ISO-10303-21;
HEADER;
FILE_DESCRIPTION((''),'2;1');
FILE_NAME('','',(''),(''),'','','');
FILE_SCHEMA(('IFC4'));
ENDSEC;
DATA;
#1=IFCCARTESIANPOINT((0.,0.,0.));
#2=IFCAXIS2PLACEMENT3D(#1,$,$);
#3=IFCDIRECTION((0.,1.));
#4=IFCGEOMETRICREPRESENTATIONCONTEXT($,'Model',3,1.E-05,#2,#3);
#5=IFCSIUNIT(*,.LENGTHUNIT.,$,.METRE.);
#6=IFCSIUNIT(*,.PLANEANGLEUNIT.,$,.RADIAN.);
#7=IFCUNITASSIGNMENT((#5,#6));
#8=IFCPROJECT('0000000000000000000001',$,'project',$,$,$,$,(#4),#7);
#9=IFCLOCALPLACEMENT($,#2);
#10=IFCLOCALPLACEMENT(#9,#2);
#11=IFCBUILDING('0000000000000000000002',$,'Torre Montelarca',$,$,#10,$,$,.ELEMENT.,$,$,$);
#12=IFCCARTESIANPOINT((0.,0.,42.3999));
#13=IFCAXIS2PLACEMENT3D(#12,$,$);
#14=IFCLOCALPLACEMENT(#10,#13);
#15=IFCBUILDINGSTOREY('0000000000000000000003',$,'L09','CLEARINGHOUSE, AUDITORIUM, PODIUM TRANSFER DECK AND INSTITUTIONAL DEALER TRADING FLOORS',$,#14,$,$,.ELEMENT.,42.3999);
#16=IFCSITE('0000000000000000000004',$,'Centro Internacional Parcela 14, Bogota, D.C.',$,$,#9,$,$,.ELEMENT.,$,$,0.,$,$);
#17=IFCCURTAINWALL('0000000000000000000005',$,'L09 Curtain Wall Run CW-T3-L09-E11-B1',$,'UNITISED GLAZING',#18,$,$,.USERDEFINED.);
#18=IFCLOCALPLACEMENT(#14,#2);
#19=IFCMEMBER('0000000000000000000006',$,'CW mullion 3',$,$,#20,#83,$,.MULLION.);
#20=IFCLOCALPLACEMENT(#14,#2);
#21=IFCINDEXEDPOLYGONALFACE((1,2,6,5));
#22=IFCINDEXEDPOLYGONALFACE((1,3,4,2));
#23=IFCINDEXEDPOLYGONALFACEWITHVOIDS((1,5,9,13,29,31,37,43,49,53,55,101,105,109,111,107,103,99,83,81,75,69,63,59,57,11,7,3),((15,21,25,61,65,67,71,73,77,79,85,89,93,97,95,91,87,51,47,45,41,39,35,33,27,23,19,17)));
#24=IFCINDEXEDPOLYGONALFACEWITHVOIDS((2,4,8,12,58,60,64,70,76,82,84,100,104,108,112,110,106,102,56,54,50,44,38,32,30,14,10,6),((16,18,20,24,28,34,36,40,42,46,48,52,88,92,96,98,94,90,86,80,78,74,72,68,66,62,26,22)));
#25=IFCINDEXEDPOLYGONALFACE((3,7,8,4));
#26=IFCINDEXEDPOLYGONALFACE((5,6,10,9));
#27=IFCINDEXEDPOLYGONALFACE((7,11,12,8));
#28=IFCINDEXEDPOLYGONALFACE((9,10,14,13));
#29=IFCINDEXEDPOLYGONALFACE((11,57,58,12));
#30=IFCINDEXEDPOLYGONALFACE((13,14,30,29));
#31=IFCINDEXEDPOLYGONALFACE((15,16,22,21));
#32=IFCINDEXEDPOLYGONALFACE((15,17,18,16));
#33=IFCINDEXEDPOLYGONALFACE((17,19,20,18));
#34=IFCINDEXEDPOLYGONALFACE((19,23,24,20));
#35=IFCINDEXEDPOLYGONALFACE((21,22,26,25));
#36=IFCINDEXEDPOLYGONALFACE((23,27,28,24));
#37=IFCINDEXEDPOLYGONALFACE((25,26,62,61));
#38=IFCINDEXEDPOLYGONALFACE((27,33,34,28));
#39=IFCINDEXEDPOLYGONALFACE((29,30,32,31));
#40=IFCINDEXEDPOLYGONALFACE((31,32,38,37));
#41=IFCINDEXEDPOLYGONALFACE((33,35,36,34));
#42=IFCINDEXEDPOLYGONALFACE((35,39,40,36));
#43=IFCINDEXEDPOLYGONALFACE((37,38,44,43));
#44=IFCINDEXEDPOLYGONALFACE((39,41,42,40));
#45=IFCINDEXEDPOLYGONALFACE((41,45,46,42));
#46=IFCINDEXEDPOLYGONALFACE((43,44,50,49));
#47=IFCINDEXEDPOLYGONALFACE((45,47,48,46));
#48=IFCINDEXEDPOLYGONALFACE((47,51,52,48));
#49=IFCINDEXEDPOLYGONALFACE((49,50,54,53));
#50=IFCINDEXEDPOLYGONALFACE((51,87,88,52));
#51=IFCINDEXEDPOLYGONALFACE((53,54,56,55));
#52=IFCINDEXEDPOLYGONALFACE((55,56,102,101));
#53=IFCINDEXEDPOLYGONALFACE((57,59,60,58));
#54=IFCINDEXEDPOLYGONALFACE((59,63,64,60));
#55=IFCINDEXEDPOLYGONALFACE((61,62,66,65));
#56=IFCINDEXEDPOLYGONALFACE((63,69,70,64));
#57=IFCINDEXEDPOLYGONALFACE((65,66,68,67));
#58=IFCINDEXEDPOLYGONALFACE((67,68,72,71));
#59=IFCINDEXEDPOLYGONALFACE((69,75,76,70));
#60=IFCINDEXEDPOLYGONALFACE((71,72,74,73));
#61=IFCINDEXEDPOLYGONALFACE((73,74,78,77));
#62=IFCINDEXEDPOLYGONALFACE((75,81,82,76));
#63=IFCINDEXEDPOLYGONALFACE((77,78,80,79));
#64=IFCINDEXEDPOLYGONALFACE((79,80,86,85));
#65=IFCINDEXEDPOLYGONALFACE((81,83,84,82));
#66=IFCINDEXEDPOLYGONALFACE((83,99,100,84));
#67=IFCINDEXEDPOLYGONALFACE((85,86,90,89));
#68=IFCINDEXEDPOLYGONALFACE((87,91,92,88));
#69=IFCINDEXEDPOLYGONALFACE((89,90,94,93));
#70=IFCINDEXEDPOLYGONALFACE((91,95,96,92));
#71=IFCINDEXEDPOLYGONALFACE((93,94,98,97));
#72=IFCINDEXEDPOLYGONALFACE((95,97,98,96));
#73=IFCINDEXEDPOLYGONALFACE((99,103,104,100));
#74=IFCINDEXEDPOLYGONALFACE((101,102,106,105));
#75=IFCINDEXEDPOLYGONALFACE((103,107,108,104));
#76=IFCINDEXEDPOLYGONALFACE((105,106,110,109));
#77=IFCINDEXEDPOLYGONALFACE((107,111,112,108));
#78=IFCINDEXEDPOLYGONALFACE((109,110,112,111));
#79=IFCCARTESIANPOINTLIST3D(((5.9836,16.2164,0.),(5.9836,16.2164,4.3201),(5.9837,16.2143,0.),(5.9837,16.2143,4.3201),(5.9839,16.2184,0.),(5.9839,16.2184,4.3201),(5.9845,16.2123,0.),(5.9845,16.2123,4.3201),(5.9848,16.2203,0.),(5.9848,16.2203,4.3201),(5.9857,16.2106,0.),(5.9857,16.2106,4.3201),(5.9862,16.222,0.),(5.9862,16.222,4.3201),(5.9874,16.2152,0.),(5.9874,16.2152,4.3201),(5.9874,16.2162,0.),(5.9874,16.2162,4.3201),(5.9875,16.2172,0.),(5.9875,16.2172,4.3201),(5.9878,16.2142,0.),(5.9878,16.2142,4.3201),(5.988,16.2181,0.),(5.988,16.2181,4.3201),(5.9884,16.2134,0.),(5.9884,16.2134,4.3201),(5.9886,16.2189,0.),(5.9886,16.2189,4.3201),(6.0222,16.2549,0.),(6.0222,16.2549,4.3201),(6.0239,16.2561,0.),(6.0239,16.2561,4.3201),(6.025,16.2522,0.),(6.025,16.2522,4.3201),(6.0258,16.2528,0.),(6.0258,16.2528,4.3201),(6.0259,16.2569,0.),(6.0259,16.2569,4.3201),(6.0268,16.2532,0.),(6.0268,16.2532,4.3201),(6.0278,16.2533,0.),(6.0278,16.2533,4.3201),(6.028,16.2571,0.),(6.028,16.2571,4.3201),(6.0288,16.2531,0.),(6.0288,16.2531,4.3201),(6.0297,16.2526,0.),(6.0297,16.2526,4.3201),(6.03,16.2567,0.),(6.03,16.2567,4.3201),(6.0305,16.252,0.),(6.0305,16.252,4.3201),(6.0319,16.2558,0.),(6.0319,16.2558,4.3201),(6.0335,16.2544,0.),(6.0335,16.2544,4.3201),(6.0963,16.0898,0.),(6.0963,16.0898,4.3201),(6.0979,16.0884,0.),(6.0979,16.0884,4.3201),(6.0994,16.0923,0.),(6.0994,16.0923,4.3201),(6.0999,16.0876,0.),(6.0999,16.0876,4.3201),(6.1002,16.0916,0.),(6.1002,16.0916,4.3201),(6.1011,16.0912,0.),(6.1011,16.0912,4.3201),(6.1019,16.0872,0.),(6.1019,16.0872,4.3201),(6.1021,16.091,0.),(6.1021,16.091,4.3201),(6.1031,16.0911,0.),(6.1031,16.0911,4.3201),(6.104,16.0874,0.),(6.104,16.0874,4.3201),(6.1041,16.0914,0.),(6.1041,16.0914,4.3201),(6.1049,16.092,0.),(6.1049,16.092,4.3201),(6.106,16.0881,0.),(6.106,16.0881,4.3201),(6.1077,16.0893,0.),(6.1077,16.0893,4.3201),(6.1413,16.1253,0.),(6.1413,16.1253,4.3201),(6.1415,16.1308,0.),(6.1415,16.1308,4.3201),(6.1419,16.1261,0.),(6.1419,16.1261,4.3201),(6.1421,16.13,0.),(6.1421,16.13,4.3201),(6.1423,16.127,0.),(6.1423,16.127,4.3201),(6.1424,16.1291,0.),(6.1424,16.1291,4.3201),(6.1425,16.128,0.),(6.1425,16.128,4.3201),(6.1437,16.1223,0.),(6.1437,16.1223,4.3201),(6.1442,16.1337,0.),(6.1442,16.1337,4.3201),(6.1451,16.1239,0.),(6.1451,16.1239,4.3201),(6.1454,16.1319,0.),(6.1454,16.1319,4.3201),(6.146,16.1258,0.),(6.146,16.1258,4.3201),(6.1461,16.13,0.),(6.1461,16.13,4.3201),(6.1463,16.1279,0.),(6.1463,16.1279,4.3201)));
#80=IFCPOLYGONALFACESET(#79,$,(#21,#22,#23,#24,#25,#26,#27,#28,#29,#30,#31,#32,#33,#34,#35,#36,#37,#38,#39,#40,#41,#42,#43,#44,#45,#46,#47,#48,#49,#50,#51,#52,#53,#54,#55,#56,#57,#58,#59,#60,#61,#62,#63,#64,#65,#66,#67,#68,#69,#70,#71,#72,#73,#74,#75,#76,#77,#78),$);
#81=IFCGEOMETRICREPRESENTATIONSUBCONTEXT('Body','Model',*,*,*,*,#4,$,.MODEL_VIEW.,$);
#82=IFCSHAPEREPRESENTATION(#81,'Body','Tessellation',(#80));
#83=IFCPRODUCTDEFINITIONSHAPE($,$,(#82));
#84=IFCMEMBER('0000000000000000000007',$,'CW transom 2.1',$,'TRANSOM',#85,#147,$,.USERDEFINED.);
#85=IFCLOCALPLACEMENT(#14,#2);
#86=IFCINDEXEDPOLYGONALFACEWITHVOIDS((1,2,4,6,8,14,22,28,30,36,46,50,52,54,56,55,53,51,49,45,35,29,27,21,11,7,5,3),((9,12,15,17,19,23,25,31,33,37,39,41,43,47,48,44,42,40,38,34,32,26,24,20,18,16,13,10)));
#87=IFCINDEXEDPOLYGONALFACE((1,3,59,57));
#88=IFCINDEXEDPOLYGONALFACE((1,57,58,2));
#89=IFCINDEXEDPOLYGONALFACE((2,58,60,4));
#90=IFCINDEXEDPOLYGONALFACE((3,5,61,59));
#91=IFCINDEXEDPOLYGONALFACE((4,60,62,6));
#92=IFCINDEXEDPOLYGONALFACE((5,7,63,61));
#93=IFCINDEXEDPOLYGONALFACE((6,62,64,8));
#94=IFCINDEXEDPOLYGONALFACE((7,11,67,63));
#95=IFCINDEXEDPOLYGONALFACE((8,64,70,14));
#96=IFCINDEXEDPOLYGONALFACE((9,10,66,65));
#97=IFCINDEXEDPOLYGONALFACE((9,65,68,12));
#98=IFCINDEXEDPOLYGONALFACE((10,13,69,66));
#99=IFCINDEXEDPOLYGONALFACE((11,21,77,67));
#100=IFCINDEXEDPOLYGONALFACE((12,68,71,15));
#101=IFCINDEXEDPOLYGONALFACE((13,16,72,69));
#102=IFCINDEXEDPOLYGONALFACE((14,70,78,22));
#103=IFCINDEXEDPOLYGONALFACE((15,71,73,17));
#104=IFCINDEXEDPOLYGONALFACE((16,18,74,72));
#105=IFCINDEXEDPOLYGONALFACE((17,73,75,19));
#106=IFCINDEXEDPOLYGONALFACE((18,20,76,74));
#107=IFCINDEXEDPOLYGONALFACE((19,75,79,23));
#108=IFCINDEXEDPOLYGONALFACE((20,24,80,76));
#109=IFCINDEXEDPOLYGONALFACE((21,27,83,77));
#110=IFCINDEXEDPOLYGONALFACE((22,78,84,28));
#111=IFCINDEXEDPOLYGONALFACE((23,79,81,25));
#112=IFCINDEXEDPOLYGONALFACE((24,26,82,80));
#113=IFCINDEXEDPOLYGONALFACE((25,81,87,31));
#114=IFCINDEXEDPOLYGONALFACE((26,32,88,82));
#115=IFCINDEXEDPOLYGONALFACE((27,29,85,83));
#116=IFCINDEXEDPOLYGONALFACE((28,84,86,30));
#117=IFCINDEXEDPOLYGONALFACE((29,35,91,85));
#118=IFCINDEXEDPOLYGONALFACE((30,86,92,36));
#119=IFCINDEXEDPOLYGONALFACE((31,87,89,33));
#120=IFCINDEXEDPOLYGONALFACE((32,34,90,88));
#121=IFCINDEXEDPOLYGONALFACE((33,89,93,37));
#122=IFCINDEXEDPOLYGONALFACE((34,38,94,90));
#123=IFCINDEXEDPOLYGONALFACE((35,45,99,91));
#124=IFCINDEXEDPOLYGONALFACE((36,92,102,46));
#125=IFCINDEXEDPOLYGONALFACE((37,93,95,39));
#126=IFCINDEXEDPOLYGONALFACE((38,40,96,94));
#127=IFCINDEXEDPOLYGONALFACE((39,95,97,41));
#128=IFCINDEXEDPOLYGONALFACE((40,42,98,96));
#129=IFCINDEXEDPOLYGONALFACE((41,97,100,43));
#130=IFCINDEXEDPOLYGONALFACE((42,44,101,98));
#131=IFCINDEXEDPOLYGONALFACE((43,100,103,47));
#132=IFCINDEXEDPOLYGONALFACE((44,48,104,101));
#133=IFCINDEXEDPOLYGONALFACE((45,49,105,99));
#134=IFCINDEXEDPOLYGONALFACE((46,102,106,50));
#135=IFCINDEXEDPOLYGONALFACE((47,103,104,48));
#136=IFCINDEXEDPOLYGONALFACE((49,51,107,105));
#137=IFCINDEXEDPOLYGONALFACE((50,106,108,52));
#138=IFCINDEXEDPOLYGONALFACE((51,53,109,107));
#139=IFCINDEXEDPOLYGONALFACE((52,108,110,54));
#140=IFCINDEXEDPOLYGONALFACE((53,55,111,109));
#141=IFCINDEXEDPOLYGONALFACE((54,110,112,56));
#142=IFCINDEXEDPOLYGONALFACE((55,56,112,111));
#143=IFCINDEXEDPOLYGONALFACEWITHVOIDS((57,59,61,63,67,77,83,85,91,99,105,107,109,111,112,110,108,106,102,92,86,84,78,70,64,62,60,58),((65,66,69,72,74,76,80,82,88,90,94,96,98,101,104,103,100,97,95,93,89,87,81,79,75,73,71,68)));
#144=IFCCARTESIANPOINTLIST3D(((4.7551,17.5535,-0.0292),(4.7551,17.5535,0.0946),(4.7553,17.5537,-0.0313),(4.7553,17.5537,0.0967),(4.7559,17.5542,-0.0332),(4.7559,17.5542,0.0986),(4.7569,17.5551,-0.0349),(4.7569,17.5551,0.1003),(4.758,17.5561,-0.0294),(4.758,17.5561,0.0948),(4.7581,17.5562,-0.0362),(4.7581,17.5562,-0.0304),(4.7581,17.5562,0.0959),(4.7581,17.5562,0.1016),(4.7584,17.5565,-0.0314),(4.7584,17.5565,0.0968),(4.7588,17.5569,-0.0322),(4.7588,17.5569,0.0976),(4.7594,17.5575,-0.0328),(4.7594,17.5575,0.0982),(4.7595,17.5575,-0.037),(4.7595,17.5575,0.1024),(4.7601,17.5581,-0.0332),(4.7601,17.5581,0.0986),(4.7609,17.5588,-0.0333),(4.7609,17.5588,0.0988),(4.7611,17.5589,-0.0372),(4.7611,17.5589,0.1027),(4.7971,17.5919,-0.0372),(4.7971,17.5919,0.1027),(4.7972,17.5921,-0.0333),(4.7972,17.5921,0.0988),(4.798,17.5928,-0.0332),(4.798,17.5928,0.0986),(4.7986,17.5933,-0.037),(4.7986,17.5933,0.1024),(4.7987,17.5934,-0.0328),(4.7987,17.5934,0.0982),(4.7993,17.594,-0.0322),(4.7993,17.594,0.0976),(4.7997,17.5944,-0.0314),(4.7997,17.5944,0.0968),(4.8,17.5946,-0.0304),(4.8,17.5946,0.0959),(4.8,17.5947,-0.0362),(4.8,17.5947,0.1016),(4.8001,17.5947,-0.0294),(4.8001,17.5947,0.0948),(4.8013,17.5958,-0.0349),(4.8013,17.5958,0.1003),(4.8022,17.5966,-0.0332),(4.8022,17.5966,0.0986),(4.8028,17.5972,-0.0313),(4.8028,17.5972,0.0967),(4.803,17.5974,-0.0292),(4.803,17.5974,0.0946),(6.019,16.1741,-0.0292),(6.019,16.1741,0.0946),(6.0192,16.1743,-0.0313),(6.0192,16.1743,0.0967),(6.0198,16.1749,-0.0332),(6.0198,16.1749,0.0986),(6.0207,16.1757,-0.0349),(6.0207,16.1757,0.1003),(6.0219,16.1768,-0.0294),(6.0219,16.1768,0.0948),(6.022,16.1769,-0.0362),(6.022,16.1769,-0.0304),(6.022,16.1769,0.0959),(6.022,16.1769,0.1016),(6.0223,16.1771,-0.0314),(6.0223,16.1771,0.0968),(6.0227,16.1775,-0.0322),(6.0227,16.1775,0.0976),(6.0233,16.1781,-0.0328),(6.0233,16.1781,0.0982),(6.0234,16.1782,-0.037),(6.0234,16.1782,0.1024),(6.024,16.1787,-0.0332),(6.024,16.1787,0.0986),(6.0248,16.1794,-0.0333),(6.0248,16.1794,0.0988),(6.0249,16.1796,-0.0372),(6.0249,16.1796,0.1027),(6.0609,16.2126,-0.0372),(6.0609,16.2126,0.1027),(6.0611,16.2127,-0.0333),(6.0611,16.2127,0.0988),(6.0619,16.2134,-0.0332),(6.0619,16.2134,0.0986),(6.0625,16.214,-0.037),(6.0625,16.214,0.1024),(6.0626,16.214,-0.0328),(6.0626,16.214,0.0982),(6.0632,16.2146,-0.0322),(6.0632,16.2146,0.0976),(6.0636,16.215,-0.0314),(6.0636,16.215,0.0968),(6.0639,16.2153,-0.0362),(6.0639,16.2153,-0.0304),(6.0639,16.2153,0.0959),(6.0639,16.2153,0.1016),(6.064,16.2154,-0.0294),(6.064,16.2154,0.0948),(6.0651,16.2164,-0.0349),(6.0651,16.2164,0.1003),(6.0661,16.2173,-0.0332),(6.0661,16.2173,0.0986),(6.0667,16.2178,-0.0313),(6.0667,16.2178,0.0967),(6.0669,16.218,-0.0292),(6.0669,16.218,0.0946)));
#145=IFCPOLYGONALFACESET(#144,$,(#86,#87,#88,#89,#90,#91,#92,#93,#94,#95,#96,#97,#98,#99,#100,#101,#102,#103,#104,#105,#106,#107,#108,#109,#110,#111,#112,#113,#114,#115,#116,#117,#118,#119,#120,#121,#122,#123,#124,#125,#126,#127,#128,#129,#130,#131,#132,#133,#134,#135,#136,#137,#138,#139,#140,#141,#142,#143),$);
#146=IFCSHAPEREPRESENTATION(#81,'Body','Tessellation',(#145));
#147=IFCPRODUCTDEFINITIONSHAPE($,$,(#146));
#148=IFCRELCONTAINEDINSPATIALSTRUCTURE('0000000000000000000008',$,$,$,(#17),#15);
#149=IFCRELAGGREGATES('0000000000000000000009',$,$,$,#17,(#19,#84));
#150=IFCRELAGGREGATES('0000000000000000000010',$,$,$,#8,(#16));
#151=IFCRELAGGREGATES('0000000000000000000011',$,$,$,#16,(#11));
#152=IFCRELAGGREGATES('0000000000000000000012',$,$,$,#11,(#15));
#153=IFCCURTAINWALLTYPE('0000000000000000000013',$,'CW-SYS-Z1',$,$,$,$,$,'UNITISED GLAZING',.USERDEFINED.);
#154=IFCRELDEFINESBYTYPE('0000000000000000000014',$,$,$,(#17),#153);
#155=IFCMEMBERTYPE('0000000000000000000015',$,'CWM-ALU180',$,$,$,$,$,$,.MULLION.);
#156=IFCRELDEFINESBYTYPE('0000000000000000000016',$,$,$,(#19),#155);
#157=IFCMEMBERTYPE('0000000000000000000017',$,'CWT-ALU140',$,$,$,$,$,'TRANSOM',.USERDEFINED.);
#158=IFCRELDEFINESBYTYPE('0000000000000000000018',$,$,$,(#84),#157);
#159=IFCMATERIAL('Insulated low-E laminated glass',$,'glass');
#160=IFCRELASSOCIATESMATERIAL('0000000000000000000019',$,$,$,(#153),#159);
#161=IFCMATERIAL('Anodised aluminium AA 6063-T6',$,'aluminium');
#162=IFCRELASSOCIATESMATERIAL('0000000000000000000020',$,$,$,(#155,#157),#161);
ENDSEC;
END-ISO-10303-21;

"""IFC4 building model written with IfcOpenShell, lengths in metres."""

from ifc_helpers import new_model, si_unit, direction, frame, origin, origin_2d, place, context, subcontext, project, spatial, hollow_rectangle, extrude, source, transform, mapped, material, material_profile, profile_set, type_object, element, aggregate, save


model = new_model("IFC4")

# Units and contexts
model_context = context("Model", 3, precision=1e-05, world=origin(), true_north=direction((0.0, 1.0)))
body_context = subcontext(model_context, "Body", "Model", "MODEL_VIEW")
ifc_project = project(units=[si_unit("LENGTHUNIT", "METRE"), si_unit("PLANEANGLEUNIT", "RADIAN")], contexts=[model_context])

# Site, building, storey
site_placement = place(None, origin())
site = spatial("IfcSite", under=ifc_project, at=site_placement, Name="Centro Internacional Parcela 14, Bogota, D.C.", CompositionType="ELEMENT", RefElevation=0.0)
building_placement = place(site_placement, origin())
building = spatial("IfcBuilding", under=site, at=building_placement, Name="Torre Montelarca", CompositionType="ELEMENT")
storey_placement = place(building_placement, frame((0.0, 0.0, 42.3999)))
storey = spatial("IfcBuildingStorey", under=building, at=storey_placement, Name="L09", Description="CLEARINGHOUSE, AUDITORIUM, PODIUM TRANSFER DECK AND INSTITUTIONAL DEALER TRADING FLOORS", CompositionType="ELEMENT", Elevation=42.3999)

# Shared definitions
ifc_material_1 = material(Name="Insulated low-E laminated glass", Category="glass")
curtain_wall_type = type_object("IfcCurtainWallType", Name="CW-SYS-Z1", ElementType="UNITISED GLAZING", PredefinedType="USERDEFINED", material=ifc_material_1)
ifc_material_2 = material(Name="Anodised aluminium AA 6063-T6", Category="aluminium")
ifc_material_profile_1 = material_profile(ifc_material_2, hollow_rectangle(XDim=0.0649, YDim=0.1799, WallThickness=0.0039, InnerFilletRadius=0.0039, OuterFilletRadius=0.0081, at=origin_2d()), Name="ALU65X180X4", Category="aluminium")
ifc_profile_set_1 = profile_set([ifc_material_profile_1], Name="Anodised aluminium AA 6063-T6")
member_type_1 = type_object("IfcMemberType", Name="CWM-ALU180", PredefinedType="MULLION", material=ifc_profile_set_1)
shared_shape_1 = source(origin(), body_context, "Body", "SweptSolid", [
    extrude(hollow_rectangle(XDim=0.0649, YDim=0.1799, WallThickness=0.0039, InnerFilletRadius=0.0039, OuterFilletRadius=0.0081, at=origin_2d()), origin(), (0.0, 0.0, 1.0), 4.3201),
])

# Curtain wall, members
curtain_wall_1_placement = place(storey_placement, origin())
curtain_wall_1 = element("IfcCurtainWall", 1, at=curtain_wall_1_placement, inside=storey, type_object=curtain_wall_type, Name="L09 Curtain Wall Run CW-T3-L09-E11-B1", ObjectType="UNITISED GLAZING", PredefinedType="USERDEFINED")
member_1_placement = place(storey_placement, frame((6.0649, 16.1721, 0.0), z_axis=(0.0, 0.0, 1.0), x_axis=(0.737284, 0.675583, 0.0)))
member_1 = element("IfcMember", 2, at=member_1_placement, type_object=member_type_1, Name="CW mullion 3", PredefinedType="MULLION", context=body_context, shape_type="MappedRepresentation", body=[
    mapped(shared_shape_1, transform((0.0, 0.0, 0.0), scale=1.0)),
])
ifc_material_profile_2 = material_profile(ifc_material_2, hollow_rectangle(XDim=0.0649, YDim=0.1399, WallThickness=0.0039, InnerFilletRadius=0.0039, OuterFilletRadius=0.0081, at=origin_2d()), Name="ALU65X140X4", Category="aluminium")
ifc_profile_set_2 = profile_set([ifc_material_profile_2], Name="Anodised aluminium AA 6063-T6")
member_type_2 = type_object("IfcMemberType", Name="CWT-ALU140", ElementType="TRANSOM", PredefinedType="USERDEFINED", material=ifc_profile_set_2)
shared_shape_2 = source(origin(), body_context, "Body", "SweptSolid", [
    extrude(hollow_rectangle(XDim=0.0649, YDim=0.1399, WallThickness=0.0039, InnerFilletRadius=0.0039, OuterFilletRadius=0.0081, at=origin_2d()), origin(), (0.0, 0.0, 1.0), 1.8708),
])
member_2_placement = place(storey_placement, frame((4.7791, 17.5754, 0.0327), z_axis=(0.675571, -0.737295, 0.0), x_axis=(0.737295, 0.675571, 0.0)))
member_2 = element("IfcMember", 3, at=member_2_placement, type_object=member_type_2, Name="CW transom 2.1", ObjectType="TRANSOM", PredefinedType="USERDEFINED", context=body_context, shape_type="MappedRepresentation", body=[
    mapped(shared_shape_2, transform((0.0, 0.0, 0.0), scale=1.0)),
])
aggregate(curtain_wall_1, [member_1, member_2])

save(model, "model.ifc")
